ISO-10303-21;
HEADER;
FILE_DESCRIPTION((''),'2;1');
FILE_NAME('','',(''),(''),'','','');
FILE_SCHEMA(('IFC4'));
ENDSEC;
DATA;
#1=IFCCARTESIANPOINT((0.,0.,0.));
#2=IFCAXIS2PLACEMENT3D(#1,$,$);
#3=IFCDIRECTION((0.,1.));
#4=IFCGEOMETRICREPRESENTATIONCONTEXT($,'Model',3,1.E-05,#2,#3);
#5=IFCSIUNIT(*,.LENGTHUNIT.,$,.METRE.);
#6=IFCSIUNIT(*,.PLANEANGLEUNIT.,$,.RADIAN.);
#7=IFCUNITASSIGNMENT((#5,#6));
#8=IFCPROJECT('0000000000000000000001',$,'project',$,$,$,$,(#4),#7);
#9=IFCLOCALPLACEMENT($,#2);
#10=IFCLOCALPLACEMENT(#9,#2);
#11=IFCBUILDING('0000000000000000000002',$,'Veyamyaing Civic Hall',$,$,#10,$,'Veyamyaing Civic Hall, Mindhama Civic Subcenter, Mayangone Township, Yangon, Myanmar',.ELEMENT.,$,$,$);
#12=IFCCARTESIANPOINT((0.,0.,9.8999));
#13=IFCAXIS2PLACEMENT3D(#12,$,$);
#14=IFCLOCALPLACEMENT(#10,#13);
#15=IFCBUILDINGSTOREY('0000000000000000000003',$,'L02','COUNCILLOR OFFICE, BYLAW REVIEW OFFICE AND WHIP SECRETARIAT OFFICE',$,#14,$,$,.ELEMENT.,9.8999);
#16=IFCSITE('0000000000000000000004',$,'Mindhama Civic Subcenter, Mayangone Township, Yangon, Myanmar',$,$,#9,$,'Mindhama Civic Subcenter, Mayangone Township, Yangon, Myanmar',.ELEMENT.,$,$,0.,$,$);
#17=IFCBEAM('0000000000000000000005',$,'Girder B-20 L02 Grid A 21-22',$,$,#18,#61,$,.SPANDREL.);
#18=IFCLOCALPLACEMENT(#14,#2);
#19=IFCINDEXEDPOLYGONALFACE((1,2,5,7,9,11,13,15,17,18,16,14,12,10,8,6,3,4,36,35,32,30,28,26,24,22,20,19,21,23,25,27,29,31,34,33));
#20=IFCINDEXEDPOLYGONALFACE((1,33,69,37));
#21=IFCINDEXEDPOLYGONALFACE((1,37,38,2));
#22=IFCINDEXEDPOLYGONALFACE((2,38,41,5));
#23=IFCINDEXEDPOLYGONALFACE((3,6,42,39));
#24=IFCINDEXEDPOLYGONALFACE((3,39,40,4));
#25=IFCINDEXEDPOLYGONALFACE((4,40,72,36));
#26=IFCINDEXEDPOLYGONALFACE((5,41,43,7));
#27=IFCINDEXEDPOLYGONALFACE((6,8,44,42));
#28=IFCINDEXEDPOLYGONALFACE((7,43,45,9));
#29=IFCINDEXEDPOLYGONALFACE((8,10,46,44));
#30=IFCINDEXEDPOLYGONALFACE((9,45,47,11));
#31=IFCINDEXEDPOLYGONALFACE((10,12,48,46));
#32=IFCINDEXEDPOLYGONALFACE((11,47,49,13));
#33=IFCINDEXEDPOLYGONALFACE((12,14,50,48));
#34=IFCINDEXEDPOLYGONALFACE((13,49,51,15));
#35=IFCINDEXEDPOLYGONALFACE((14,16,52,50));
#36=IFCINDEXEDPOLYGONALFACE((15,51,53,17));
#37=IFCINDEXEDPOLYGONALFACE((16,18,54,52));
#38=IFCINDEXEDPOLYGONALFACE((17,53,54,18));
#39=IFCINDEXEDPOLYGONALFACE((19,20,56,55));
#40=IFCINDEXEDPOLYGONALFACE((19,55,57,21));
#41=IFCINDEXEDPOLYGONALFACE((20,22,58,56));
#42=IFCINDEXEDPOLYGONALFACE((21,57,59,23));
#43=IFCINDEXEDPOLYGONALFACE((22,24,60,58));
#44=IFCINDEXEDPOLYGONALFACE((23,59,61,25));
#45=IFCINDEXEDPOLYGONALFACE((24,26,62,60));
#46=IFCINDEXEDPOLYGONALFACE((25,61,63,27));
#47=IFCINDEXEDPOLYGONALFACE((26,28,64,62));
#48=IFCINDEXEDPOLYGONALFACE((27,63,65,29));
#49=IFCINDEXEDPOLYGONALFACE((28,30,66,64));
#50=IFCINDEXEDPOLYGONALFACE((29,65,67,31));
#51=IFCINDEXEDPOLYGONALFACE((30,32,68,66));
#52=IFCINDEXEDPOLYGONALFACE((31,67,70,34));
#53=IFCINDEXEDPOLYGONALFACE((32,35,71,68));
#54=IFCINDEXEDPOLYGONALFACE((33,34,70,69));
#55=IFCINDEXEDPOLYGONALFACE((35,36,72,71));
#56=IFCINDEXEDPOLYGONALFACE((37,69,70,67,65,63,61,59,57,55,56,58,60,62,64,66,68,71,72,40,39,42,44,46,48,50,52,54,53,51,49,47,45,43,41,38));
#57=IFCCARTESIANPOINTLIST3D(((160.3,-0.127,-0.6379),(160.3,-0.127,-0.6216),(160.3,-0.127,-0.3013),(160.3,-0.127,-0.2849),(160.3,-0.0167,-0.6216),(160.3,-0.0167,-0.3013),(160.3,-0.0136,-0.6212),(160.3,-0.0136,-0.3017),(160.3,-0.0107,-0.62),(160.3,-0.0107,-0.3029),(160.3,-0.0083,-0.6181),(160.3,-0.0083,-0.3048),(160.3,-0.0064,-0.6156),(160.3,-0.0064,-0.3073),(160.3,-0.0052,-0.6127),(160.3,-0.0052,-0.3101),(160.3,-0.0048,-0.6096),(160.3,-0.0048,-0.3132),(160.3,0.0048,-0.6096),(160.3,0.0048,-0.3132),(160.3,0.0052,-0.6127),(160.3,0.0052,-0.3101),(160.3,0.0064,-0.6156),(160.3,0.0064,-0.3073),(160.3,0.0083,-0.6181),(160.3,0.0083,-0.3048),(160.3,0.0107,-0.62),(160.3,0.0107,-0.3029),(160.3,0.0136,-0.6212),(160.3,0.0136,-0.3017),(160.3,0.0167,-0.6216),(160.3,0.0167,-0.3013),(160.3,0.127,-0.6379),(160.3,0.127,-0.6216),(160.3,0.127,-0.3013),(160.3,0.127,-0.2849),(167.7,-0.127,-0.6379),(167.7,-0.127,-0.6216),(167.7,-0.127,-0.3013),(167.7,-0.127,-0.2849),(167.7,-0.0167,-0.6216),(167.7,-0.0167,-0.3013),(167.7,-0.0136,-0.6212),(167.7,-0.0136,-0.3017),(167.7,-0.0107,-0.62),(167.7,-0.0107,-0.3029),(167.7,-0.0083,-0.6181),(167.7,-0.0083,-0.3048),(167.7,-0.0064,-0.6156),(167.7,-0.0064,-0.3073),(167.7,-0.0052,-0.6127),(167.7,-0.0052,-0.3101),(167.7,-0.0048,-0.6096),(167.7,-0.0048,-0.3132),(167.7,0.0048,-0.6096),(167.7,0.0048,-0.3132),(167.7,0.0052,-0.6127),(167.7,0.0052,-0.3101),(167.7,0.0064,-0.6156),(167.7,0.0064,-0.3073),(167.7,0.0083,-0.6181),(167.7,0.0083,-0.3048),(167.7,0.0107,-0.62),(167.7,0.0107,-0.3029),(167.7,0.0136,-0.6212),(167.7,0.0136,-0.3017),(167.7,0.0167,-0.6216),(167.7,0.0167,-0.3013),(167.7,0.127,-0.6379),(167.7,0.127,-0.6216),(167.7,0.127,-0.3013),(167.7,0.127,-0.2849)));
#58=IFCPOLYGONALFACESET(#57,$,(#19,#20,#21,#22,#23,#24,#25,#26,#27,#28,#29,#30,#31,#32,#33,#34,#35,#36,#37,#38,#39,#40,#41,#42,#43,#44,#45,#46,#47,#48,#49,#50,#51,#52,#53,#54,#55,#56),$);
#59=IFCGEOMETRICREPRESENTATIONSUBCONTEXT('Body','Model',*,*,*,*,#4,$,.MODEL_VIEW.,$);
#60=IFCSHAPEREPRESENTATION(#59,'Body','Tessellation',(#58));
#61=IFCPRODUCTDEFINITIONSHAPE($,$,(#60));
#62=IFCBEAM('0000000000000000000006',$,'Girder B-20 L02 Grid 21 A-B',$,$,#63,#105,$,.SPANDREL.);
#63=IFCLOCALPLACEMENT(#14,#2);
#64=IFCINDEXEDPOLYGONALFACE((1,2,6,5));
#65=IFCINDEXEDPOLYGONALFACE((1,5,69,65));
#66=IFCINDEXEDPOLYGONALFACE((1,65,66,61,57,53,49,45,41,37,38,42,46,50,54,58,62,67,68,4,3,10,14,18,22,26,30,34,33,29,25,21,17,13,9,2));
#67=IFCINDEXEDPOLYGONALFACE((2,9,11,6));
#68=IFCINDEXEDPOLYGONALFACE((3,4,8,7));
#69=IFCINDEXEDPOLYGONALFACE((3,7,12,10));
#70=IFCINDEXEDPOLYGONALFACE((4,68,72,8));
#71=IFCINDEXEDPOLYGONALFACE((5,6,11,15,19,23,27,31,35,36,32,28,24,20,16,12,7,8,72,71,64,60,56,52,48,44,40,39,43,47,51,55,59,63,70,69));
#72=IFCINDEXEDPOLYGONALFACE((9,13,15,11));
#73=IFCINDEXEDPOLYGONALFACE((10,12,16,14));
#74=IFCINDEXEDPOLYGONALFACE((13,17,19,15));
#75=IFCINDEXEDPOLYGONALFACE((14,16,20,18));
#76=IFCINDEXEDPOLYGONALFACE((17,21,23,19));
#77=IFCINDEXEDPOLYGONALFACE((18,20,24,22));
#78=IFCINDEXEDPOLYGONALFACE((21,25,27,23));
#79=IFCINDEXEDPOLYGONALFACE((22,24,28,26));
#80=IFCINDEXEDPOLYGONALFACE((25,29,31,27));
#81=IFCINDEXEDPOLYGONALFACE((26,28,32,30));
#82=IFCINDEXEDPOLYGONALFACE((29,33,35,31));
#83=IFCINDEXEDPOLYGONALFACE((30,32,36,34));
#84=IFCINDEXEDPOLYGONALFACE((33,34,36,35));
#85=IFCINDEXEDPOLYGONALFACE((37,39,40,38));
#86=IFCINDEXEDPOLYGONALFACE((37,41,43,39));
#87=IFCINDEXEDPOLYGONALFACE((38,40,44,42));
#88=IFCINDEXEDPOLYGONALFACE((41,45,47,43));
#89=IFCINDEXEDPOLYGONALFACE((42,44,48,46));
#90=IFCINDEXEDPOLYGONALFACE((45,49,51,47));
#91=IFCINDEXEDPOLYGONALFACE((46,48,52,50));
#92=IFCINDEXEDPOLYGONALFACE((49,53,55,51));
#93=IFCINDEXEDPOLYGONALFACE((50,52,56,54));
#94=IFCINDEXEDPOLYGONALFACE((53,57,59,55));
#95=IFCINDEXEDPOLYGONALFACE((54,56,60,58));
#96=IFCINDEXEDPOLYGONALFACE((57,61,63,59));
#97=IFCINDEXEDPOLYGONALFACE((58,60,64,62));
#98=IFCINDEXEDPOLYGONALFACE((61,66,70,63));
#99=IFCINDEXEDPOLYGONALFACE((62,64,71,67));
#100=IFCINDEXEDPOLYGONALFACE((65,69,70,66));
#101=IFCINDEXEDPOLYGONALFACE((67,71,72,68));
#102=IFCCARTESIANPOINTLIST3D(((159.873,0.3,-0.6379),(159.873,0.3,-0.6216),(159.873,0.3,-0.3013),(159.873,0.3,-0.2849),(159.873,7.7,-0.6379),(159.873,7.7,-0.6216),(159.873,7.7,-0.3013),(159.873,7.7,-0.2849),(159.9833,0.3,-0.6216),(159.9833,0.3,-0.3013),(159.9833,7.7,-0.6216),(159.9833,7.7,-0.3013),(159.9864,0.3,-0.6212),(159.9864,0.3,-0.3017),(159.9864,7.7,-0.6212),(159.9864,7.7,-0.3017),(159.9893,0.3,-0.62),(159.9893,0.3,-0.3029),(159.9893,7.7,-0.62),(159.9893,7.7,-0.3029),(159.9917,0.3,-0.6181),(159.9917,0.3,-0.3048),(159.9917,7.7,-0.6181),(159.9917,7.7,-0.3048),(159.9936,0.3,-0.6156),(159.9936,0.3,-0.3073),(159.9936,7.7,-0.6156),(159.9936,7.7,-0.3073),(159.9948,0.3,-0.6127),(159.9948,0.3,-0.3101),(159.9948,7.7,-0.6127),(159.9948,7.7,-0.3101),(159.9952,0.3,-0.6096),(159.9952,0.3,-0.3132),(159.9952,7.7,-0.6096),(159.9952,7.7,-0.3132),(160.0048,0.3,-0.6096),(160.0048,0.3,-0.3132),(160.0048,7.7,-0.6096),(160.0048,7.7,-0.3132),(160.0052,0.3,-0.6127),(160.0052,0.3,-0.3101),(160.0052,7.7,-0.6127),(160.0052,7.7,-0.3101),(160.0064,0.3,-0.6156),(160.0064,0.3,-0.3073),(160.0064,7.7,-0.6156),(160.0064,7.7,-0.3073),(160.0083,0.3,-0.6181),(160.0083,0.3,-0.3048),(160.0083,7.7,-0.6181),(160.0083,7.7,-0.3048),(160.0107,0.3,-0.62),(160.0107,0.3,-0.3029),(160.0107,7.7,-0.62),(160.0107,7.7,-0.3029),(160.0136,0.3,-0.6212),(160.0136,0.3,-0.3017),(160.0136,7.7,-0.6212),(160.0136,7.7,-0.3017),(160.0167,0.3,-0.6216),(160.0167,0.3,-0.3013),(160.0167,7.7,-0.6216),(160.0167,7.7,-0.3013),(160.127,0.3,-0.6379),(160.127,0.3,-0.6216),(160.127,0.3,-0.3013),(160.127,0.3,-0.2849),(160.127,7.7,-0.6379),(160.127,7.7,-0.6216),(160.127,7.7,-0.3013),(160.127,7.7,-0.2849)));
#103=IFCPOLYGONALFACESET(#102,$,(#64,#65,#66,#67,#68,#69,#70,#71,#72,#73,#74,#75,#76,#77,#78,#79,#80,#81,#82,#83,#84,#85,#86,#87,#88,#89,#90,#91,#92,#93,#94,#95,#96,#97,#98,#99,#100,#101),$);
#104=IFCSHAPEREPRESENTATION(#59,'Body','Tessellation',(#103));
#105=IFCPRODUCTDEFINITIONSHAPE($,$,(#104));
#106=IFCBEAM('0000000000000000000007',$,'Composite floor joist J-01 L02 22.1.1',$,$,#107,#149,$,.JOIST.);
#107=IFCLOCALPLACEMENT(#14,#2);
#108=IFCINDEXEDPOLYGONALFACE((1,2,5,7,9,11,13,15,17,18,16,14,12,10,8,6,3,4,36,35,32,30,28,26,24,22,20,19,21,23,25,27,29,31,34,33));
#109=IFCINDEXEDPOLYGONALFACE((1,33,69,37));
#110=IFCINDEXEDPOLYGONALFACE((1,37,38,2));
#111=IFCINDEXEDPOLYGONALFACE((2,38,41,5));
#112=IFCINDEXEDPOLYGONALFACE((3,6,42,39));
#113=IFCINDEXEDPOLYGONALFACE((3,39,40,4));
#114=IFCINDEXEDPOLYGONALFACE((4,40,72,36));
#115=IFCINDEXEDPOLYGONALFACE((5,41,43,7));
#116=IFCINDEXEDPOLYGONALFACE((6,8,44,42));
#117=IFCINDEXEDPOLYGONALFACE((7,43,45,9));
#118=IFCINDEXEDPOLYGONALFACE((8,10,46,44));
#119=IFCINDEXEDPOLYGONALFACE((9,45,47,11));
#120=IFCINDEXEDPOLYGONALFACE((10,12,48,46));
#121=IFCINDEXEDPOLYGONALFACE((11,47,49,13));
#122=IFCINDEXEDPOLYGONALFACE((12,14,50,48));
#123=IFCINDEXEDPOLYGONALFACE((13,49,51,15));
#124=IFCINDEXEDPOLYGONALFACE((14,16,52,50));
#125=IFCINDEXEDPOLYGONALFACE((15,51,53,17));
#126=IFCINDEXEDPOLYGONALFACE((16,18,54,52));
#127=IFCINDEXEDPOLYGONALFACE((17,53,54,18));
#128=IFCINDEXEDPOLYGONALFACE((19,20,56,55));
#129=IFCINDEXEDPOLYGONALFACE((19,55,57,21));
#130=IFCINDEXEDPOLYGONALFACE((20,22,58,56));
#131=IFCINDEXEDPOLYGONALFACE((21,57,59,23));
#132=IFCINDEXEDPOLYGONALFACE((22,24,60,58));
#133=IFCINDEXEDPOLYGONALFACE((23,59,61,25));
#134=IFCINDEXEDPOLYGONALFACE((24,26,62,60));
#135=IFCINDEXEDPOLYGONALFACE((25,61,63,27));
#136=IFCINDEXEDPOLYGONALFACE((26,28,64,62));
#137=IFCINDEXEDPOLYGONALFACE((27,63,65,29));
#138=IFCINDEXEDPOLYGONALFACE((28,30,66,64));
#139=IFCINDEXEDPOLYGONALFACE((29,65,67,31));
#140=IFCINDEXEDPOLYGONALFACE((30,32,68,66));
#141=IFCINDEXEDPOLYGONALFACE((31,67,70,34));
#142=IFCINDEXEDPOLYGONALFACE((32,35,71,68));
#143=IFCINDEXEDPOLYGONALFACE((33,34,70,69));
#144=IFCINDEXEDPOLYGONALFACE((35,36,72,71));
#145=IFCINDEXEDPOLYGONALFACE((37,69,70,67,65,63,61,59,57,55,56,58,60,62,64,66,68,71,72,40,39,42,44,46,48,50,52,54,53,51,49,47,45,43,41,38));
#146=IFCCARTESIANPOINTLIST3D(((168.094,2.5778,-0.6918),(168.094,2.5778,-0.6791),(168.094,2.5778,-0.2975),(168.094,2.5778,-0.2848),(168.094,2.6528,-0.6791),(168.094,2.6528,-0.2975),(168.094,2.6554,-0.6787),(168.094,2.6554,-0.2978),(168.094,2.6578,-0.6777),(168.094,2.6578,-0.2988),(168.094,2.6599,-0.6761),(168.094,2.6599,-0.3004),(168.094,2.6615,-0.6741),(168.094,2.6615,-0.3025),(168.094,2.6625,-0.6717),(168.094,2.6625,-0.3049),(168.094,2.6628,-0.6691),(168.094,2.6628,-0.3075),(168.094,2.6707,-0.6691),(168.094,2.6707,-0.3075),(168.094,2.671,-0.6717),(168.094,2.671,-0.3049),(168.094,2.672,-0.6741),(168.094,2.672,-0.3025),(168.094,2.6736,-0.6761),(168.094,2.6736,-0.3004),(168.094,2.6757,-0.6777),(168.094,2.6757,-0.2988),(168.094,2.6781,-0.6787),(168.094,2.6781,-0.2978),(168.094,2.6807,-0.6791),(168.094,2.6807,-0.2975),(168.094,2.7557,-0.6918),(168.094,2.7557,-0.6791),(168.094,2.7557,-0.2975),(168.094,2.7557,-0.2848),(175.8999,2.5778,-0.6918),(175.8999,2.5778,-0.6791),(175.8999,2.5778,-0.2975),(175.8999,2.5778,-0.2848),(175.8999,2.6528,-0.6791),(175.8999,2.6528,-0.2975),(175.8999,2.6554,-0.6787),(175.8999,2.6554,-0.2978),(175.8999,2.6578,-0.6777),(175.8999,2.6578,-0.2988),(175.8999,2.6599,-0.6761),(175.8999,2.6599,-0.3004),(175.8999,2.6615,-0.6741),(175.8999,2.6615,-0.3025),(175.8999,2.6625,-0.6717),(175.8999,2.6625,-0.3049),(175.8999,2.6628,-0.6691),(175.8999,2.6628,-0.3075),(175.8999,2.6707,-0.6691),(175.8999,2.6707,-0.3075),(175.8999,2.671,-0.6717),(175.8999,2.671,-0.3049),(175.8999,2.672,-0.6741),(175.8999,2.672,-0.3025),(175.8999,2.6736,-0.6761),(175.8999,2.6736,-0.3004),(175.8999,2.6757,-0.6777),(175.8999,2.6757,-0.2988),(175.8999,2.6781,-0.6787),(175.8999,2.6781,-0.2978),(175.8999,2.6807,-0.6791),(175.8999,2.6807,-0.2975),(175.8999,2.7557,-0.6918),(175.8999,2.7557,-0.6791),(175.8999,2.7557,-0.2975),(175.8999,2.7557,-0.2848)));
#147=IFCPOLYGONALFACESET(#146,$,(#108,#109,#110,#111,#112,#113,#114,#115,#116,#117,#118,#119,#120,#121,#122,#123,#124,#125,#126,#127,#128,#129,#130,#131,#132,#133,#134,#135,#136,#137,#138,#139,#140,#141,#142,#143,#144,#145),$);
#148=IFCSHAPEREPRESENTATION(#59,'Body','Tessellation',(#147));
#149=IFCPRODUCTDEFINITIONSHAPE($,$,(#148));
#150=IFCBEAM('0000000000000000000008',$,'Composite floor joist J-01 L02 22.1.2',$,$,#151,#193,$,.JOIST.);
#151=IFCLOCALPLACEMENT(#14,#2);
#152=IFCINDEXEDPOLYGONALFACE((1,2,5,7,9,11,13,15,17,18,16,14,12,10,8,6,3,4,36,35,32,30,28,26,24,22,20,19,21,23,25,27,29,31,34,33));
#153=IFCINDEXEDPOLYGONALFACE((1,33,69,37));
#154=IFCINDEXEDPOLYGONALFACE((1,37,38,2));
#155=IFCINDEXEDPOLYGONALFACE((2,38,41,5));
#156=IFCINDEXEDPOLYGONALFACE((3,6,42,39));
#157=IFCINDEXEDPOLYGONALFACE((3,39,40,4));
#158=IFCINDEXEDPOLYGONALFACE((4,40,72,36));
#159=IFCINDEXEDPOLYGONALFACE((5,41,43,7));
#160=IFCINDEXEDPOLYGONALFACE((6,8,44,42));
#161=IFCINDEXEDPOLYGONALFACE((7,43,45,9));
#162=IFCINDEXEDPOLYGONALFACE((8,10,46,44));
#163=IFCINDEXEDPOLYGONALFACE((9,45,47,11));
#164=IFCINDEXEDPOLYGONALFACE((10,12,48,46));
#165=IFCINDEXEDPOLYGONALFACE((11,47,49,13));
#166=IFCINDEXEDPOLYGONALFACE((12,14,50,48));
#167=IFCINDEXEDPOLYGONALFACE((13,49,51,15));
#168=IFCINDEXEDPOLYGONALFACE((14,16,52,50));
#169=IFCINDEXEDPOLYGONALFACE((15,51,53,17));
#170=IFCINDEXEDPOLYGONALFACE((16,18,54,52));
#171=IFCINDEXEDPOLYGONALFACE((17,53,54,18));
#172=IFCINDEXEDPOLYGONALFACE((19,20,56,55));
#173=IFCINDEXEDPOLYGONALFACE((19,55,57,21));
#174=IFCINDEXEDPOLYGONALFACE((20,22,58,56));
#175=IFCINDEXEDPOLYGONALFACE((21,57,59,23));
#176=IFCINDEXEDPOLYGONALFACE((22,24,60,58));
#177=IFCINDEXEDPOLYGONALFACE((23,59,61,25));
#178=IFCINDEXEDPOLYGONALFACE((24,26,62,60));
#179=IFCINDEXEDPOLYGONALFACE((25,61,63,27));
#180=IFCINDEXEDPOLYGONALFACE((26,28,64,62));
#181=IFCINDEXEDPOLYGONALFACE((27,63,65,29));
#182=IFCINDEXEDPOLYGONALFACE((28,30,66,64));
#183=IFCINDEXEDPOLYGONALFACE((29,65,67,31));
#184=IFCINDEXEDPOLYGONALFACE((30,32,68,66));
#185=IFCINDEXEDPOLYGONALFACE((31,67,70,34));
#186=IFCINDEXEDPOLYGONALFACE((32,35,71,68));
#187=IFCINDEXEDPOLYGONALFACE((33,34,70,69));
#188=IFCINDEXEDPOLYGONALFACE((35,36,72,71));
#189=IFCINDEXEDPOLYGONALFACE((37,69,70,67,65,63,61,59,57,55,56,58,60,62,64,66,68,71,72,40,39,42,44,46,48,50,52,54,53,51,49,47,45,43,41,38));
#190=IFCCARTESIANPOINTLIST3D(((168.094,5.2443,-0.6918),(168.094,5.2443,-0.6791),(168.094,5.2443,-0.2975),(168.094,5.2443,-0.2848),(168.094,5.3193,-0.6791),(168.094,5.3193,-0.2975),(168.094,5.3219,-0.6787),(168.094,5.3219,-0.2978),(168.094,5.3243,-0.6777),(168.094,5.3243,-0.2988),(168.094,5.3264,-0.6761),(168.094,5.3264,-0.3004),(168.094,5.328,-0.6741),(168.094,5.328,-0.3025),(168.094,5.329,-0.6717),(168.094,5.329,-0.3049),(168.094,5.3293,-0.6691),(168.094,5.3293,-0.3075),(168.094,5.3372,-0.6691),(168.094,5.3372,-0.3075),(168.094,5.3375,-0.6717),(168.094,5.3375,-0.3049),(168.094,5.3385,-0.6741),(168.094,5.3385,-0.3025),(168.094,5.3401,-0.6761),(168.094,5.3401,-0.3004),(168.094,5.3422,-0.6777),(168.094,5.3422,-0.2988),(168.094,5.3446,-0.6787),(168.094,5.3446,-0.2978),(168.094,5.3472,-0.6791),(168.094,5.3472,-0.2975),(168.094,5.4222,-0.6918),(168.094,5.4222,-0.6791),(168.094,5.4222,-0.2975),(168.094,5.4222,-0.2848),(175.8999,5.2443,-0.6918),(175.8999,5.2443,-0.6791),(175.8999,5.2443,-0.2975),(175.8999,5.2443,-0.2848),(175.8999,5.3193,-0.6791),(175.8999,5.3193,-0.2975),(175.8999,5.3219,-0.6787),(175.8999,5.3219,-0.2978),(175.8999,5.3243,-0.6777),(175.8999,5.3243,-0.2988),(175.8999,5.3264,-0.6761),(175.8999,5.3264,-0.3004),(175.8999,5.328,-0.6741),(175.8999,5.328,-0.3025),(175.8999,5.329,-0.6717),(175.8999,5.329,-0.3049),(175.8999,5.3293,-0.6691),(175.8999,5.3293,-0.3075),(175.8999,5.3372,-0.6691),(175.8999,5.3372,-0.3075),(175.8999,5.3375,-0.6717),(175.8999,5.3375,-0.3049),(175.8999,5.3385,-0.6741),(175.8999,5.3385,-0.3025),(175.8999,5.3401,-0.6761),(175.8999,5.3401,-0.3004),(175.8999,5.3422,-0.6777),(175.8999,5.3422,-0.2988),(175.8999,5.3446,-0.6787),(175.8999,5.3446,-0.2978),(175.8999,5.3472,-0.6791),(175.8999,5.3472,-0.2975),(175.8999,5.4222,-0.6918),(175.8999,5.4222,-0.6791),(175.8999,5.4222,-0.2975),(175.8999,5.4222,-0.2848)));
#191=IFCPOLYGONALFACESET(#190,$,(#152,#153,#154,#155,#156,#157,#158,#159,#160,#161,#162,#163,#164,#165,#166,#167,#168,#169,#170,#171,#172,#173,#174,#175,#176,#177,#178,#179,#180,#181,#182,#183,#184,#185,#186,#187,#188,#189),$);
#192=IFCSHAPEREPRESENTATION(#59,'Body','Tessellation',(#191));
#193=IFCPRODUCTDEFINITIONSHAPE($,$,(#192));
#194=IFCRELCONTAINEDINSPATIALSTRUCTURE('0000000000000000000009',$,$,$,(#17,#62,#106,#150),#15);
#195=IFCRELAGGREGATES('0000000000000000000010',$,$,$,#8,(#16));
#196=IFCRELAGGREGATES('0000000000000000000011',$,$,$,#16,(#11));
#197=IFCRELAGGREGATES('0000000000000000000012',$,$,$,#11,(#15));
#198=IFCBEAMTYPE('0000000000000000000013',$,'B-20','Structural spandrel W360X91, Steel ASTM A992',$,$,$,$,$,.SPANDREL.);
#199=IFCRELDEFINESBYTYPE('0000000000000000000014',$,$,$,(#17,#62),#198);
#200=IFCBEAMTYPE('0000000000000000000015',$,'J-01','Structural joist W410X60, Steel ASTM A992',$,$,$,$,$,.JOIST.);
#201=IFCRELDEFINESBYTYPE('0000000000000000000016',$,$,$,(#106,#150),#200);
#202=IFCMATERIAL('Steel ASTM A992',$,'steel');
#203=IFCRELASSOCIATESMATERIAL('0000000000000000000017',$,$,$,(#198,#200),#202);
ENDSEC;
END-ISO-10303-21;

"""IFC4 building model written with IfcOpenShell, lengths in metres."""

from ifc_helpers import new_model, si_unit, direction, frame, origin, origin_2d, place, context, subcontext, project, spatial, i_section, extrude, material, material_profile, profile_set, type_object, element, save


model = new_model("IFC4")

# Units and contexts
model_context = context("Model", 3, precision=1e-05, world=origin(), true_north=direction((0.0, 1.0)))
body_context = subcontext(model_context, "Body", "Model", "MODEL_VIEW")
ifc_project = project(units=[si_unit("LENGTHUNIT", "METRE"), si_unit("PLANEANGLEUNIT", "RADIAN")], contexts=[model_context])

# Site, building, storey
site_placement = place(None, origin())
site = spatial("IfcSite", under=ifc_project, at=site_placement, Name="Mindhama Civic Subcenter, Mayangone Township, Yangon, Myanmar", LongName="Mindhama Civic Subcenter, Mayangone Township, Yangon, Myanmar", CompositionType="ELEMENT", RefElevation=0.0)
building_placement = place(site_placement, origin())
building = spatial("IfcBuilding", under=site, at=building_placement, Name="Veyamyaing Civic Hall", LongName="Veyamyaing Civic Hall, Mindhama Civic Subcenter, Mayangone Township, Yangon, Myanmar", CompositionType="ELEMENT")
storey_placement = place(building_placement, frame((0.0, 0.0, 9.8999)))
storey = spatial("IfcBuildingStorey", under=building, at=storey_placement, Name="L02", Description="COUNCILLOR OFFICE, BYLAW REVIEW OFFICE AND WHIP SECRETARIAT OFFICE", CompositionType="ELEMENT", Elevation=9.8999)

# Beams
ifc_material_1 = material(Name="Steel ASTM A992", Category="steel")
ifc_material_profile_1 = material_profile(ifc_material_1, i_section(OverallWidth=0.2539, OverallDepth=0.353, WebThickness=0.0095, FlangeThickness=0.0164, FilletRadius=0.012, at=origin_2d()), Name="W360X91")
ifc_profile_set_1 = profile_set([ifc_material_profile_1], Name="Steel ASTM A992")
beam_type_1 = type_object("IfcBeamType", Name="B-20", Description="Structural spandrel W360X91, Steel ASTM A992", PredefinedType="SPANDREL", material=ifc_profile_set_1)
for number, where, z_axis, x_axis, name in (
    (1, (160.3, 0.0, -0.4614), (1.0, 0.0, 0.0), (0.0, 1.0, 0.0), "Girder B-20 L02 Grid A 21-22"),
    (2, (160.0, 0.3, -0.4614), (0.0, 1.0, 0.0), (-1.0, 0.0, 0.0), "Girder B-20 L02 Grid 21 A-B"),
):
    element("IfcBeam", number, at=place(storey_placement, frame(where, z_axis=z_axis, x_axis=x_axis)), inside=storey, type_object=beam_type_1, Name=name, PredefinedType="SPANDREL", context=body_context, shape_type="SweptSolid", body=[
        extrude(i_section(OverallWidth=0.2539, OverallDepth=0.353, WebThickness=0.0095, FlangeThickness=0.0164, FilletRadius=0.012, at=origin_2d()), origin(), (0.0, 0.0, 1.0), 7.3999),
    ])
ifc_material_profile_2 = material_profile(ifc_material_1, i_section(OverallWidth=0.178, OverallDepth=0.407, WebThickness=0.0078, FlangeThickness=0.0127, FilletRadius=0.01, at=origin_2d()), Name="W410X60")
ifc_profile_set_2 = profile_set([ifc_material_profile_2], Name="Steel ASTM A992")
beam_type_2 = type_object("IfcBeamType", Name="J-01", Description="Structural joist W410X60, Steel ASTM A992", PredefinedType="JOIST", material=ifc_profile_set_2)
for number, where, z_axis, x_axis, name in (
    (3, (168.094, 2.6667, -0.4883), (1.0, 0.0, 0.0), (0.0, 1.0, 0.0), "Composite floor joist J-01 L02 22.1.1"),
    (4, (168.094, 5.3333, -0.4883), (1.0, 0.0, 0.0), (0.0, 1.0, 0.0), "Composite floor joist J-01 L02 22.1.2"),
):
    element("IfcBeam", number, at=place(storey_placement, frame(where, z_axis=z_axis, x_axis=x_axis)), inside=storey, type_object=beam_type_2, Name=name, PredefinedType="JOIST", context=body_context, shape_type="SweptSolid", body=[
        extrude(i_section(OverallWidth=0.178, OverallDepth=0.407, WebThickness=0.0078, FlangeThickness=0.0127, FilletRadius=0.01, at=origin_2d()), origin(), (0.0, 0.0, 1.0), 7.8059),
    ])

save(model, "model.ifc")
